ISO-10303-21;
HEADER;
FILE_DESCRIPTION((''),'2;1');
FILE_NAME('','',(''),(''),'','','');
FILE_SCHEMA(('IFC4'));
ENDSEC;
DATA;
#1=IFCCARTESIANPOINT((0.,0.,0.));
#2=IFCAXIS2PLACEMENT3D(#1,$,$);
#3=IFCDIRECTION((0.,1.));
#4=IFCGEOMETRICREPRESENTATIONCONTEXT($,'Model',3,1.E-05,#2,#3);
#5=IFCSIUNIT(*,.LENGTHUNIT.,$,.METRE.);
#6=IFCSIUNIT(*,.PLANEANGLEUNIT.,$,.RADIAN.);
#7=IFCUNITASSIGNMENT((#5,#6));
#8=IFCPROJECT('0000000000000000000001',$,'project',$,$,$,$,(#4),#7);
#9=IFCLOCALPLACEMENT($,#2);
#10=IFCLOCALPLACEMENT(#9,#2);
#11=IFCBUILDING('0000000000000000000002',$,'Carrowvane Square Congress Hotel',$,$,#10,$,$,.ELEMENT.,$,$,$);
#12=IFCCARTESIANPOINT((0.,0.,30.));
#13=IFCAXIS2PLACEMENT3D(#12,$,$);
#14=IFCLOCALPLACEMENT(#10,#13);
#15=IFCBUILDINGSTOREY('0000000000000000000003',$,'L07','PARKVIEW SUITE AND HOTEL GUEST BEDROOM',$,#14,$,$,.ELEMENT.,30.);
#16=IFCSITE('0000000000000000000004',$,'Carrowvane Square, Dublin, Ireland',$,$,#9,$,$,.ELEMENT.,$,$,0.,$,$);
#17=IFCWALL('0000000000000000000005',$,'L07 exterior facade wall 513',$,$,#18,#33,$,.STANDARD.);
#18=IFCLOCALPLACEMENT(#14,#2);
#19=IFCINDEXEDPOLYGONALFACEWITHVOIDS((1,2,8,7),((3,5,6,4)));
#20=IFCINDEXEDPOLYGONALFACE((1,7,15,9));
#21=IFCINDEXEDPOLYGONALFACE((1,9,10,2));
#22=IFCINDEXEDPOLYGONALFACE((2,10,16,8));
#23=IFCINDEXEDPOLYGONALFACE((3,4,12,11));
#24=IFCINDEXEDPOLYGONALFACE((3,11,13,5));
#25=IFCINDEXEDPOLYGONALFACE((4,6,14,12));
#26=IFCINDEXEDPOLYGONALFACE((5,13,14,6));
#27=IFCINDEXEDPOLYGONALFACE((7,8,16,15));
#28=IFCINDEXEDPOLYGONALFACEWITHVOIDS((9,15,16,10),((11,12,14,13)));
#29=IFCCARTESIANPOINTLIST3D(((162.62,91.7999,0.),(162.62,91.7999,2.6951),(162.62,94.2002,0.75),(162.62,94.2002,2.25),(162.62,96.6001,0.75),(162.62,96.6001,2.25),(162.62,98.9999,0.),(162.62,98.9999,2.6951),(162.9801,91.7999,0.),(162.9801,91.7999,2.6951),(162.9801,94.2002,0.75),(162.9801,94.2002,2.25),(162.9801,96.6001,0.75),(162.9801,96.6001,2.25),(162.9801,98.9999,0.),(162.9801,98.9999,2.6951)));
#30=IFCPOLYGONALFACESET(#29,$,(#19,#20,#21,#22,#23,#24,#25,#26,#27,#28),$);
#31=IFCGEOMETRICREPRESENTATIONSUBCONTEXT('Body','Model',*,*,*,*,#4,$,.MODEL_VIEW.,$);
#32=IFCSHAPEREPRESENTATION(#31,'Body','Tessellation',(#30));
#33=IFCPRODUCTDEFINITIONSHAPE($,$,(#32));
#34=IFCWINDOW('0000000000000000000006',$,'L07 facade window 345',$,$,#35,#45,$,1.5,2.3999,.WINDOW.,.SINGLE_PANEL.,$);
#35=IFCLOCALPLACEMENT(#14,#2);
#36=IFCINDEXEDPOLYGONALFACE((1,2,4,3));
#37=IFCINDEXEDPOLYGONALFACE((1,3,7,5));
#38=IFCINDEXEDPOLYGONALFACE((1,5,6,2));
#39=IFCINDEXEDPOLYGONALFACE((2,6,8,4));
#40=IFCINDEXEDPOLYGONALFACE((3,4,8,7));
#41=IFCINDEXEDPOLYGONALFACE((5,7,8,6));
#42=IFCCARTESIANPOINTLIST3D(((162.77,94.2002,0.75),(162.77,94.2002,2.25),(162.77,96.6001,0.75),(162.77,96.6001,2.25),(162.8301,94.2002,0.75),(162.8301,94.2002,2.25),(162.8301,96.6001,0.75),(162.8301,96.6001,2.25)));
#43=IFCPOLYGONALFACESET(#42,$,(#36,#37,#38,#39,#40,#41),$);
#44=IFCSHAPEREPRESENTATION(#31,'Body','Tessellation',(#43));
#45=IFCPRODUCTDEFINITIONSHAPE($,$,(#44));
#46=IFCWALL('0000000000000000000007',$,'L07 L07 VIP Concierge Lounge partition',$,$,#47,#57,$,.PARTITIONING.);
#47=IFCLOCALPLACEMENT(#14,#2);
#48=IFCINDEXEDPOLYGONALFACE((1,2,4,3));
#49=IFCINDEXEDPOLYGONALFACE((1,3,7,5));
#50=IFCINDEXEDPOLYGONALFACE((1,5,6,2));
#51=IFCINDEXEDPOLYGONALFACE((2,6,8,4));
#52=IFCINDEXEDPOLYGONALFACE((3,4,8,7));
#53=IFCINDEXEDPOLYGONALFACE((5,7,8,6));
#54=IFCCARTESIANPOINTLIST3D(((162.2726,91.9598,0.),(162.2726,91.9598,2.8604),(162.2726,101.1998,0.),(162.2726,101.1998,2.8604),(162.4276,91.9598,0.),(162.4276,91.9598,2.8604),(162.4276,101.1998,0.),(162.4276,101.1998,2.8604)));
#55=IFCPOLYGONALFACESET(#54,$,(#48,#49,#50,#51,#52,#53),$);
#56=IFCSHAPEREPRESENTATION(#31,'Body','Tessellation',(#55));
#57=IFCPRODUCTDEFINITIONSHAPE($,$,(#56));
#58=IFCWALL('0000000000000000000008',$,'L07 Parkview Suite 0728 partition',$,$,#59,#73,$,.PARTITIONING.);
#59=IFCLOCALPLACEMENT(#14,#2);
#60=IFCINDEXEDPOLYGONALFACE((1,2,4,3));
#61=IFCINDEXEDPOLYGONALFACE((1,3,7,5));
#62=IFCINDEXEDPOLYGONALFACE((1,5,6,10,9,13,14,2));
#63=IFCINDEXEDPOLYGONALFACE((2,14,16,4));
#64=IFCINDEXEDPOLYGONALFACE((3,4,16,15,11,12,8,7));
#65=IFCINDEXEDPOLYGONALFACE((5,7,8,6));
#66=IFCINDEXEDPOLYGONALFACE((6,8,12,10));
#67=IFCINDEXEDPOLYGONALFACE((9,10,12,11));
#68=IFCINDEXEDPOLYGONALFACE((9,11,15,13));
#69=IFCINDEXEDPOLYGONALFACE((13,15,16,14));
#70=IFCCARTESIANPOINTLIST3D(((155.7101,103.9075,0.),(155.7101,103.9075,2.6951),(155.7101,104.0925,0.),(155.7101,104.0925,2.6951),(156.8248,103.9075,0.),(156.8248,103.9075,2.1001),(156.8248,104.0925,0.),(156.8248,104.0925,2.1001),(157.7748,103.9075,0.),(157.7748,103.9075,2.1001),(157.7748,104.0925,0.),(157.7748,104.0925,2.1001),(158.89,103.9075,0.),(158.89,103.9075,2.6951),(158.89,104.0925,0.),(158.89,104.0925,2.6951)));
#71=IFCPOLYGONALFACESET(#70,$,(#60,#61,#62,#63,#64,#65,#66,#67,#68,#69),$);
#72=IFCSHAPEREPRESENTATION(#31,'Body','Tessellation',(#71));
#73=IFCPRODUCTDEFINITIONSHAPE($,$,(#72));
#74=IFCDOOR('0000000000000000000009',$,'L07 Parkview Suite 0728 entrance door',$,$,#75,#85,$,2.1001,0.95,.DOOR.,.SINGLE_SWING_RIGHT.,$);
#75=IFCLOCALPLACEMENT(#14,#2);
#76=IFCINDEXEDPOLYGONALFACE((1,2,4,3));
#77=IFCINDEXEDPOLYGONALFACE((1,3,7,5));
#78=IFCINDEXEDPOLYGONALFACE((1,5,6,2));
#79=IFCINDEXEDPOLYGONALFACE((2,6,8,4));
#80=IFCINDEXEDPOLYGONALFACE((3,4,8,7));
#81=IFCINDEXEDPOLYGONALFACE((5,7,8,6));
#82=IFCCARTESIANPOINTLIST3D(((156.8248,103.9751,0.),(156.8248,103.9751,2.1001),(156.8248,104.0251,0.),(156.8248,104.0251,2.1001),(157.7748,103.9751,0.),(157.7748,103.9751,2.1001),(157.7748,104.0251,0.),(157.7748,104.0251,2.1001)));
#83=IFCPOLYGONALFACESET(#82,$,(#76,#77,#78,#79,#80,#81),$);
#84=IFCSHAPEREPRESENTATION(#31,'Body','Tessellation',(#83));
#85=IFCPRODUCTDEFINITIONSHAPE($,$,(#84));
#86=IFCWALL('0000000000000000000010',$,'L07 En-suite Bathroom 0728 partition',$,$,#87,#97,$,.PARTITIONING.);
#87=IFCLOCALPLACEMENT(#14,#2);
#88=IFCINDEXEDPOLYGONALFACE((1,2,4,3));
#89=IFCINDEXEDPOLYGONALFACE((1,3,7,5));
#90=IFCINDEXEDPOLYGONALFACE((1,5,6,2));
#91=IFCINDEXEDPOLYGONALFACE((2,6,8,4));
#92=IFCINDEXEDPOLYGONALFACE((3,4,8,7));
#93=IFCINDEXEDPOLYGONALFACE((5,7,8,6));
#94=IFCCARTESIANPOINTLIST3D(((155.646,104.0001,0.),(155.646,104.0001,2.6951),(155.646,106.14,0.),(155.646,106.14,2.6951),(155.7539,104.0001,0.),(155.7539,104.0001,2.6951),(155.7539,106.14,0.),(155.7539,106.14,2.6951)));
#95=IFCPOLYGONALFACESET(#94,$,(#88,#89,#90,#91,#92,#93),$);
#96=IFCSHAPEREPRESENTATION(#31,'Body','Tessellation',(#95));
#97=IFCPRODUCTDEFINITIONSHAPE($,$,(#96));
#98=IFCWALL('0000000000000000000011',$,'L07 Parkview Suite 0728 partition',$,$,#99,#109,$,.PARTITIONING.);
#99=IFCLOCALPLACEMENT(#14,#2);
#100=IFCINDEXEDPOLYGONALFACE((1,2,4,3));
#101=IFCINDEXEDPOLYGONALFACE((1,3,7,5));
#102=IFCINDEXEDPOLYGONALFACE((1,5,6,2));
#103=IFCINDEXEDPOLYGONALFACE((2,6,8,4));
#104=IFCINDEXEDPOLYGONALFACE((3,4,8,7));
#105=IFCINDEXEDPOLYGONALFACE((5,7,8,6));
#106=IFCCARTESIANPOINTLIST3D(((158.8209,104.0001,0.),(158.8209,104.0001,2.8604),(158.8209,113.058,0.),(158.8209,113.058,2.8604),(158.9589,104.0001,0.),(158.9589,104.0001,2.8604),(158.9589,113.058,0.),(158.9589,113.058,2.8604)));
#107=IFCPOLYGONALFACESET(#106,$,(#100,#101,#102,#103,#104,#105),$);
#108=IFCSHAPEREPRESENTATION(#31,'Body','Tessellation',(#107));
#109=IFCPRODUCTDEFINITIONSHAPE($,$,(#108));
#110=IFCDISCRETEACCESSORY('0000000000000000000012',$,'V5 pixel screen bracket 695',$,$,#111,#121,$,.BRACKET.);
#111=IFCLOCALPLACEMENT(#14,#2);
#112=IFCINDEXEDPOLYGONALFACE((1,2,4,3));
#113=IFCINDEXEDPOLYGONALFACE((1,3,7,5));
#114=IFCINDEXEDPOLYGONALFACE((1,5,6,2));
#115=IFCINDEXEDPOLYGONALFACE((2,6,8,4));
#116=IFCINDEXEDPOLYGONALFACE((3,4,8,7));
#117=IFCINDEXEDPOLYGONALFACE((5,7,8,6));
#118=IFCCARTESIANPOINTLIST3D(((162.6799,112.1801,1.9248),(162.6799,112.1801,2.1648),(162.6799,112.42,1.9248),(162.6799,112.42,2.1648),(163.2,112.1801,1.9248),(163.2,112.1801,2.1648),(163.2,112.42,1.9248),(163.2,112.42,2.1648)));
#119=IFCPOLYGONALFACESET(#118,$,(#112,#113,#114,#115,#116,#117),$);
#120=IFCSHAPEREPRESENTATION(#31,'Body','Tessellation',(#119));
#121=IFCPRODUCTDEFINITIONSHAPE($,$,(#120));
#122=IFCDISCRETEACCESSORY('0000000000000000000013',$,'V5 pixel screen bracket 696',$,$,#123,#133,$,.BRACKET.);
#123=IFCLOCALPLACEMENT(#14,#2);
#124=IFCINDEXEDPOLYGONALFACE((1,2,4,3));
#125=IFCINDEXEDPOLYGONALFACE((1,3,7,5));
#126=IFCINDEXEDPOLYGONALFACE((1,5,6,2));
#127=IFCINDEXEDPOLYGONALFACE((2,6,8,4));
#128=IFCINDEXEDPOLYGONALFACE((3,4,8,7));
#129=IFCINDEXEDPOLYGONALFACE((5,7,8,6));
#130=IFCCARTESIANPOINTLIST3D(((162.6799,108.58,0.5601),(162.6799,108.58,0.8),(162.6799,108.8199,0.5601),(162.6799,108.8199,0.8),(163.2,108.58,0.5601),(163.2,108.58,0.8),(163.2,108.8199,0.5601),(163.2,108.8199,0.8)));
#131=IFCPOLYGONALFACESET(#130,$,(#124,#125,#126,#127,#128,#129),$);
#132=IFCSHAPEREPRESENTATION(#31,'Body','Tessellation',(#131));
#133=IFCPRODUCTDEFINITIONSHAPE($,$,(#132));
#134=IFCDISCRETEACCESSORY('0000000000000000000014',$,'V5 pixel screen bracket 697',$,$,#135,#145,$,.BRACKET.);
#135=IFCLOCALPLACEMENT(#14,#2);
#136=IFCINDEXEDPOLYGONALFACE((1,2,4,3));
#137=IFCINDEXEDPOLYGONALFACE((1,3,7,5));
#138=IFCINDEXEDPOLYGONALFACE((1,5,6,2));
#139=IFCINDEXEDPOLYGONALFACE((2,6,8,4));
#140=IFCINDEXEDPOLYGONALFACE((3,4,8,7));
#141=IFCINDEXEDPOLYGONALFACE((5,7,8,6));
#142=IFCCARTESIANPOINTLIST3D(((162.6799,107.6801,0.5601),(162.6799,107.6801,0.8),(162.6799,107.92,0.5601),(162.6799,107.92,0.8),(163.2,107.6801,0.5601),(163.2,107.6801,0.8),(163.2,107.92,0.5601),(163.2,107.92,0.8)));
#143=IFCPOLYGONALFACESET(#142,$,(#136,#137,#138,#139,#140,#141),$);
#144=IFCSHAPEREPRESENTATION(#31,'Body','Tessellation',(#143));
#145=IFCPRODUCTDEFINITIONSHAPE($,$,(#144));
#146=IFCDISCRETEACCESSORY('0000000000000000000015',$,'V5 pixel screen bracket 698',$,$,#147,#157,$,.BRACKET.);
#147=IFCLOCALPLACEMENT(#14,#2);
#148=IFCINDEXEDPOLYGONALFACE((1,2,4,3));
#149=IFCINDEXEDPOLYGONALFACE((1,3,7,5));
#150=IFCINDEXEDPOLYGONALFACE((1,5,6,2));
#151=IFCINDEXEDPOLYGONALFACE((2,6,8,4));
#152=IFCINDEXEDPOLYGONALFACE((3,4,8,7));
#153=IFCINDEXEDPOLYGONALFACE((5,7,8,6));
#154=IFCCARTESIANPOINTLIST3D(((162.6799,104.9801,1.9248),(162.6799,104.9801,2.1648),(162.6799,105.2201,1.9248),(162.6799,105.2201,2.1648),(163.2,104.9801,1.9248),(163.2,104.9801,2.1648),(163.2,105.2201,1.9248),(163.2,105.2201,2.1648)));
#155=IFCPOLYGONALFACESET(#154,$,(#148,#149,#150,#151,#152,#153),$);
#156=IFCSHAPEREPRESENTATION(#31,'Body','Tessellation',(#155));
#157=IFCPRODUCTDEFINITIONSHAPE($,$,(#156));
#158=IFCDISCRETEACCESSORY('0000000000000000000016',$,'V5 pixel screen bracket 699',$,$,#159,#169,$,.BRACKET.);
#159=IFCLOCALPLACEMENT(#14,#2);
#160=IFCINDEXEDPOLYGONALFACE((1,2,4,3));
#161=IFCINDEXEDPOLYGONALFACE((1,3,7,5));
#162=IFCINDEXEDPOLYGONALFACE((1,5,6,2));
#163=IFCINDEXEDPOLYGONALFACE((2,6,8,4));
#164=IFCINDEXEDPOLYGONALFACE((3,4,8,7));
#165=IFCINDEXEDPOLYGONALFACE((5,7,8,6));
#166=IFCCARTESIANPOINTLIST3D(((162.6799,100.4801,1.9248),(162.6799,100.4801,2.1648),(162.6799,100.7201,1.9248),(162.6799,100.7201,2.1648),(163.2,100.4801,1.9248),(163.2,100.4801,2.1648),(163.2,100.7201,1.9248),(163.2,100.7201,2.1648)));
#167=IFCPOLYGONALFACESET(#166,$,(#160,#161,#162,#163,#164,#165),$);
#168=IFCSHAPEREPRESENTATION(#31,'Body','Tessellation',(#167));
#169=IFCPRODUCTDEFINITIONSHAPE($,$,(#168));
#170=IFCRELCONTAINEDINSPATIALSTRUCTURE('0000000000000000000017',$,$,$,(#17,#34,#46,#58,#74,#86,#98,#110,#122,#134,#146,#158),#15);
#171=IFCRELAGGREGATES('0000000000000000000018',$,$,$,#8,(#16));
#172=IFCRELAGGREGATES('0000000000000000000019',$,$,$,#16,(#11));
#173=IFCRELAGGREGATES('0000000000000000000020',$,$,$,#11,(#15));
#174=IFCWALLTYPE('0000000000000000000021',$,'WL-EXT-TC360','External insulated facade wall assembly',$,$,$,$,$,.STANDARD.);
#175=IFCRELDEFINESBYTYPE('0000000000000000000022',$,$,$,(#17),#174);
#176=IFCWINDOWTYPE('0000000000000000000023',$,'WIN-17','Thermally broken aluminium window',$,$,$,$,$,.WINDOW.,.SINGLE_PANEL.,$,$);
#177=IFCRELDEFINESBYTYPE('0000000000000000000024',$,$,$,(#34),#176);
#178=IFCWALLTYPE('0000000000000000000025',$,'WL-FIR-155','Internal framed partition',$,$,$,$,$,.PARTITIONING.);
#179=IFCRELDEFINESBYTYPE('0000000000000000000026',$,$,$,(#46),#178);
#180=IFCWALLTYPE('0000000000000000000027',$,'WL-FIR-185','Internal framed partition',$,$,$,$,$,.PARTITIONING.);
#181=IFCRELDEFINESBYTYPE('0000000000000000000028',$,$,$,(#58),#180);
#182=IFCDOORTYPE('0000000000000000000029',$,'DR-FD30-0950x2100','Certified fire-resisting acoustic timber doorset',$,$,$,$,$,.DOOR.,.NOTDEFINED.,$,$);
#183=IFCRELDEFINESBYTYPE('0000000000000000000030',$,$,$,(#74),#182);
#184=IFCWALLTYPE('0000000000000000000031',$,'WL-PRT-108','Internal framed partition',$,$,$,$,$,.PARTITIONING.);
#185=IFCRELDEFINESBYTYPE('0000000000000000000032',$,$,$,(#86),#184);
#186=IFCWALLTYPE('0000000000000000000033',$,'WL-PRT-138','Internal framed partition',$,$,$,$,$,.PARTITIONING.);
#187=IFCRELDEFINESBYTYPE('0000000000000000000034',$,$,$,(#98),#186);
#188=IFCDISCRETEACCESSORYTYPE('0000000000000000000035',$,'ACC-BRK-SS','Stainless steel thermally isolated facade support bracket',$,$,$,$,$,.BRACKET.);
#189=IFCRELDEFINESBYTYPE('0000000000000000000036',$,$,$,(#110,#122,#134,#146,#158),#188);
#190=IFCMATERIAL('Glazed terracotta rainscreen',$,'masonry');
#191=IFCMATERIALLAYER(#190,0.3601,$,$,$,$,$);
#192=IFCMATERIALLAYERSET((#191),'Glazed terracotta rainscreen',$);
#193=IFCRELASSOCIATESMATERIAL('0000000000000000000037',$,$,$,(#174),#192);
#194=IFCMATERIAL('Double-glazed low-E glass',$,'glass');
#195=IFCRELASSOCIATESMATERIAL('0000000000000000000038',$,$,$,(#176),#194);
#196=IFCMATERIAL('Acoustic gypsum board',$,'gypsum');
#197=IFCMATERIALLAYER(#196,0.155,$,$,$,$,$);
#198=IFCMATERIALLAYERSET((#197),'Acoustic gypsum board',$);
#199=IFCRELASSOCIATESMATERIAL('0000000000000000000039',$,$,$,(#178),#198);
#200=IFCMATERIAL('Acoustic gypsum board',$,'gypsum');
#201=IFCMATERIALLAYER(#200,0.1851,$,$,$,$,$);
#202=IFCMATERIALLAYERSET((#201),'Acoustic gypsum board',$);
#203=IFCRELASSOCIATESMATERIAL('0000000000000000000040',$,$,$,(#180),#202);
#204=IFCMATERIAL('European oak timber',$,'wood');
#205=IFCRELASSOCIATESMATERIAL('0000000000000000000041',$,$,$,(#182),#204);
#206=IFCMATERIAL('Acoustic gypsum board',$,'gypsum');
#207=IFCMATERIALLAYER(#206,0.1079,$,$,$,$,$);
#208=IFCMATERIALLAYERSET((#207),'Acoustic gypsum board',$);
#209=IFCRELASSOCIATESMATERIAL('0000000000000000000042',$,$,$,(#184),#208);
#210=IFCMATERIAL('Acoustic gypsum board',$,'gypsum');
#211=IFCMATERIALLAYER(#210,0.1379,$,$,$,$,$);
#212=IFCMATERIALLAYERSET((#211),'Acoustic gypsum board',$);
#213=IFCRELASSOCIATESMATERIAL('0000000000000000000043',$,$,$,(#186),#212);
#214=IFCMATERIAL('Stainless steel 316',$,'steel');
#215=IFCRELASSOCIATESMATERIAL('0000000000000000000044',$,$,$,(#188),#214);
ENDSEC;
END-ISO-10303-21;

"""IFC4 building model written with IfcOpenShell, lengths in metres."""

from ifc_helpers import new_model, si_unit, direction, frame, frame_2d, origin, origin_2d, place, context, subcontext, project, spatial, rectangle, extrude, material, layer, layer_set, type_object, element, fill, save


model = new_model("IFC4")

# Units and contexts
model_context = context("Model", 3, precision=1e-05, world=origin(), true_north=direction((0.0, 1.0)))
body_context = subcontext(model_context, "Body", "Model", "MODEL_VIEW")
ifc_project = project(units=[si_unit("LENGTHUNIT", "METRE"), si_unit("PLANEANGLEUNIT", "RADIAN")], contexts=[model_context])

# Site, building, storey
site_placement = place(None, origin())
site = spatial("IfcSite", under=ifc_project, at=site_placement, Name="Carrowvane Square, Dublin, Ireland", CompositionType="ELEMENT", RefElevation=0.0)
building_placement = place(site_placement, origin())
building = spatial("IfcBuilding", under=site, at=building_placement, Name="Carrowvane Square Congress Hotel", CompositionType="ELEMENT")
storey_placement = place(building_placement, frame((0.0, 0.0, 30.0)))
storey = spatial("IfcBuildingStorey", under=building, at=storey_placement, Name="L07", Description="PARKVIEW SUITE AND HOTEL GUEST BEDROOM", CompositionType="ELEMENT", Elevation=30.0)

# Wall, opening, window
ifc_material_1 = material(Name="Glazed terracotta rainscreen", Category="masonry")
ifc_layer_1 = layer(ifc_material_1, 0.3601)
ifc_layer_set_1 = layer_set([ifc_layer_1], Name="Glazed terracotta rainscreen")
wall_type_1 = type_object("IfcWallType", Name="WL-EXT-TC360", Description="External insulated facade wall assembly", PredefinedType="STANDARD", material=ifc_layer_set_1)
wall_1_placement = place(storey_placement, frame((162.8, 99.0, 0.0), z_axis=(0.0, 0.0, 1.0), x_axis=(0.0, -1.0, 0.0)))
wall_1 = element("IfcWall", 1, at=wall_1_placement, inside=storey, type_object=wall_type_1, Name="L07 exterior facade wall 513", PredefinedType="STANDARD", context=body_context, shape_type="SweptSolid", body=[
    extrude(rectangle(XDim=7.2, YDim=0.3601, at=frame_2d((3.6001, 0.0))), origin(), (0.0, 0.0, 1.0), 2.6951),
])
opening_1_placement = place(wall_1_placement, frame((2.3999, 0.0, 0.75)))
opening_1 = element("IfcOpeningElement", 2, at=opening_1_placement, cuts=wall_1, PredefinedType="OPENING", context=body_context, shape_type="SweptSolid", body=[
    extrude(rectangle(XDim=2.3999, YDim=1.5, at=frame_2d((1.2, 0.75))), frame((0.0, 0.1899, 0.0), z_axis=(0.0, -1.0, 0.0), x_axis=(1.0, 0.0, 0.0)), (0.0, 0.0, 1.0), 0.3801),
])
ifc_material_2 = material(Name="Double-glazed low-E glass", Category="glass")
window_type_1 = type_object("IfcWindowType", Name="WIN-17", Description="Thermally broken aluminium window", PartitioningType="SINGLE_PANEL", PredefinedType="WINDOW", material=ifc_material_2)
window_1_placement = place(opening_1_placement, origin())
window_1 = element("IfcWindow", 3, at=window_1_placement, inside=storey, type_object=window_type_1, Name="L07 facade window 345", OverallHeight=1.5, OverallWidth=2.3999, PartitioningType="SINGLE_PANEL", PredefinedType="WINDOW", context=body_context, shape_type="SweptSolid", body=[
    extrude(rectangle(XDim=2.3999, YDim=1.5, at=frame_2d((1.2, 0.75))), frame((0.0, 0.03, 0.0), z_axis=(0.0, -1.0, 0.0), x_axis=(1.0, 0.0, 0.0)), (0.0, 0.0, 1.0), 0.0601),
])
fill(opening_1, window_1)

# Wall
ifc_material_3 = material(Name="Acoustic gypsum board", Category="gypsum")
ifc_layer_2 = layer(ifc_material_3, 0.155)
ifc_layer_set_2 = layer_set([ifc_layer_2], Name="Acoustic gypsum board")
wall_type_2 = type_object("IfcWallType", Name="WL-FIR-155", Description="Internal framed partition", PredefinedType="PARTITIONING", material=ifc_layer_set_2)
wall_2_placement = place(storey_placement, frame((162.3501, 101.2, 0.0), z_axis=(0.0, 0.0, 1.0), x_axis=(0.0, -1.0, 0.0)))
element("IfcWall", 4, at=wall_2_placement, inside=storey, type_object=wall_type_2, Name="L07 L07 VIP Concierge Lounge partition", PredefinedType="PARTITIONING", context=body_context, shape_type="SweptSolid", body=[
    extrude(rectangle(XDim=9.24, YDim=0.155, at=frame_2d((4.6201, 0.0))), origin(), (0.0, 0.0, 1.0), 2.8604),
])

# Wall, opening, door
ifc_material_4 = material(Name="Acoustic gypsum board", Category="gypsum")
ifc_layer_3 = layer(ifc_material_4, 0.1851)
ifc_layer_set_3 = layer_set([ifc_layer_3], Name="Acoustic gypsum board")
wall_type_3 = type_object("IfcWallType", Name="WL-FIR-185", Description="Internal framed partition", PredefinedType="PARTITIONING", material=ifc_layer_set_3)
wall_3_placement = place(storey_placement, frame((158.8899, 104.0, 0.0), z_axis=(0.0, 0.0, 1.0), x_axis=(-1.0, 0.0, 0.0)))
wall_3 = element("IfcWall", 5, at=wall_3_placement, inside=storey, type_object=wall_type_3, Name="L07 Parkview Suite 0728 partition", PredefinedType="PARTITIONING", context=body_context, shape_type="SweptSolid", body=[
    extrude(rectangle(XDim=3.1799, YDim=0.1851, at=frame_2d((1.5898, 0.0))), origin(), (0.0, 0.0, 1.0), 2.6951),
])
opening_2_placement = place(wall_3_placement, frame((1.115, 0.0, 0.0)))
opening_2 = element("IfcOpeningElement", 6, at=opening_2_placement, cuts=wall_3, PredefinedType="OPENING", context=body_context, shape_type="SweptSolid", body=[
    extrude(rectangle(XDim=0.95, YDim=2.1001, at=frame_2d((0.4751, 1.05))), frame((0.0, 0.1025, 0.0), z_axis=(0.0, -1.0, 0.0), x_axis=(1.0, 0.0, 0.0)), (0.0, 0.0, 1.0), 0.2051),
])
ifc_material_5 = material(Name="European oak timber", Category="wood")
door_type = type_object("IfcDoorType", Name="DR-FD30-0950x2100", Description="Certified fire-resisting acoustic timber doorset", OperationType="NOTDEFINED", PredefinedType="DOOR", material=ifc_material_5)
door_placement = place(opening_2_placement, origin())
door = element("IfcDoor", 7, at=door_placement, inside=storey, type_object=door_type, Name="L07 Parkview Suite 0728 entrance door", OperationType="SINGLE_SWING_RIGHT", OverallHeight=2.1001, OverallWidth=0.95, PredefinedType="DOOR", context=body_context, shape_type="SweptSolid", body=[
    extrude(rectangle(XDim=0.95, YDim=2.1001, at=frame_2d((0.4751, 1.05))), frame((0.0, 0.0249, 0.0), z_axis=(0.0, -1.0, 0.0), x_axis=(1.0, 0.0, 0.0)), (0.0, 0.0, 1.0), 0.05),
])
fill(opening_2, door)

# Walls
ifc_material_6 = material(Name="Acoustic gypsum board", Category="gypsum")
ifc_layer_4 = layer(ifc_material_6, 0.1079)
ifc_layer_set_4 = layer_set([ifc_layer_4], Name="Acoustic gypsum board")
wall_type_4 = type_object("IfcWallType", Name="WL-PRT-108", Description="Internal framed partition", PredefinedType="PARTITIONING", material=ifc_layer_set_4)
wall_4_placement = place(storey_placement, frame((155.7, 106.1399, 0.0), z_axis=(0.0, 0.0, 1.0), x_axis=(0.0, -1.0, 0.0)))
element("IfcWall", 8, at=wall_4_placement, inside=storey, type_object=wall_type_4, Name="L07 En-suite Bathroom 0728 partition", PredefinedType="PARTITIONING", context=body_context, shape_type="SweptSolid", body=[
    extrude(rectangle(XDim=2.1399, YDim=0.1079, at=frame_2d((1.0698, 0.0))), origin(), (0.0, 0.0, 1.0), 2.6951),
])
ifc_material_7 = material(Name="Acoustic gypsum board", Category="gypsum")
ifc_layer_5 = layer(ifc_material_7, 0.1379)
ifc_layer_set_5 = layer_set([ifc_layer_5], Name="Acoustic gypsum board")
wall_type_5 = type_object("IfcWallType", Name="WL-PRT-138", Description="Internal framed partition", PredefinedType="PARTITIONING", material=ifc_layer_set_5)
wall_5_placement = place(storey_placement, frame((158.8899, 113.0579, 0.0), z_axis=(0.0, 0.0, 1.0), x_axis=(0.0, -1.0, 0.0)))
element("IfcWall", 9, at=wall_5_placement, inside=storey, type_object=wall_type_5, Name="L07 Parkview Suite 0728 partition", PredefinedType="PARTITIONING", context=body_context, shape_type="SweptSolid", body=[
    extrude(rectangle(XDim=9.0579, YDim=0.1379, at=frame_2d((4.5288, 0.0))), origin(), (0.0, 0.0, 1.0), 2.8604),
])

# Discrete accessories
ifc_material_8 = material(Name="Stainless steel 316", Category="steel")
discrete_accessory_type = type_object("IfcDiscreteAccessoryType", Name="ACC-BRK-SS", Description="Stainless steel thermally isolated facade support bracket", PredefinedType="BRACKET", material=ifc_material_8)
for number, where, z_axis, x_axis, name in (
    (10, (162.9399, 112.3, 1.9248), (0.0, 0.0, 1.0), (0.0, -1.0, 0.0), "V5 pixel screen bracket 695"),
    (11, (162.9399, 108.7, 0.5601), (0.0, 0.0, 1.0), (0.0, -1.0, 0.0), "V5 pixel screen bracket 696"),
    (12, (162.9399, 107.8, 0.5601), (0.0, 0.0, 1.0), (0.0, -1.0, 0.0), "V5 pixel screen bracket 697"),
    (13, (162.9399, 105.1001, 1.9248), (0.0, 0.0, 1.0), (0.0, -1.0, 0.0), "V5 pixel screen bracket 698"),
    (14, (162.9399, 100.6001, 1.9248), (0.0, 0.0, 1.0), (0.0, -1.0, 0.0), "V5 pixel screen bracket 699"),
):
    element("IfcDiscreteAccessory", number, at=place(storey_placement, frame(where, z_axis=z_axis, x_axis=x_axis)), inside=storey, type_object=discrete_accessory_type, Name=name, PredefinedType="BRACKET", context=body_context, shape_type="SweptSolid", body=[
        extrude(rectangle(XDim=0.24, YDim=0.52, at=origin_2d()), origin(), (0.0, 0.0, 1.0), 0.24),
    ])

save(model, "model.ifc")
